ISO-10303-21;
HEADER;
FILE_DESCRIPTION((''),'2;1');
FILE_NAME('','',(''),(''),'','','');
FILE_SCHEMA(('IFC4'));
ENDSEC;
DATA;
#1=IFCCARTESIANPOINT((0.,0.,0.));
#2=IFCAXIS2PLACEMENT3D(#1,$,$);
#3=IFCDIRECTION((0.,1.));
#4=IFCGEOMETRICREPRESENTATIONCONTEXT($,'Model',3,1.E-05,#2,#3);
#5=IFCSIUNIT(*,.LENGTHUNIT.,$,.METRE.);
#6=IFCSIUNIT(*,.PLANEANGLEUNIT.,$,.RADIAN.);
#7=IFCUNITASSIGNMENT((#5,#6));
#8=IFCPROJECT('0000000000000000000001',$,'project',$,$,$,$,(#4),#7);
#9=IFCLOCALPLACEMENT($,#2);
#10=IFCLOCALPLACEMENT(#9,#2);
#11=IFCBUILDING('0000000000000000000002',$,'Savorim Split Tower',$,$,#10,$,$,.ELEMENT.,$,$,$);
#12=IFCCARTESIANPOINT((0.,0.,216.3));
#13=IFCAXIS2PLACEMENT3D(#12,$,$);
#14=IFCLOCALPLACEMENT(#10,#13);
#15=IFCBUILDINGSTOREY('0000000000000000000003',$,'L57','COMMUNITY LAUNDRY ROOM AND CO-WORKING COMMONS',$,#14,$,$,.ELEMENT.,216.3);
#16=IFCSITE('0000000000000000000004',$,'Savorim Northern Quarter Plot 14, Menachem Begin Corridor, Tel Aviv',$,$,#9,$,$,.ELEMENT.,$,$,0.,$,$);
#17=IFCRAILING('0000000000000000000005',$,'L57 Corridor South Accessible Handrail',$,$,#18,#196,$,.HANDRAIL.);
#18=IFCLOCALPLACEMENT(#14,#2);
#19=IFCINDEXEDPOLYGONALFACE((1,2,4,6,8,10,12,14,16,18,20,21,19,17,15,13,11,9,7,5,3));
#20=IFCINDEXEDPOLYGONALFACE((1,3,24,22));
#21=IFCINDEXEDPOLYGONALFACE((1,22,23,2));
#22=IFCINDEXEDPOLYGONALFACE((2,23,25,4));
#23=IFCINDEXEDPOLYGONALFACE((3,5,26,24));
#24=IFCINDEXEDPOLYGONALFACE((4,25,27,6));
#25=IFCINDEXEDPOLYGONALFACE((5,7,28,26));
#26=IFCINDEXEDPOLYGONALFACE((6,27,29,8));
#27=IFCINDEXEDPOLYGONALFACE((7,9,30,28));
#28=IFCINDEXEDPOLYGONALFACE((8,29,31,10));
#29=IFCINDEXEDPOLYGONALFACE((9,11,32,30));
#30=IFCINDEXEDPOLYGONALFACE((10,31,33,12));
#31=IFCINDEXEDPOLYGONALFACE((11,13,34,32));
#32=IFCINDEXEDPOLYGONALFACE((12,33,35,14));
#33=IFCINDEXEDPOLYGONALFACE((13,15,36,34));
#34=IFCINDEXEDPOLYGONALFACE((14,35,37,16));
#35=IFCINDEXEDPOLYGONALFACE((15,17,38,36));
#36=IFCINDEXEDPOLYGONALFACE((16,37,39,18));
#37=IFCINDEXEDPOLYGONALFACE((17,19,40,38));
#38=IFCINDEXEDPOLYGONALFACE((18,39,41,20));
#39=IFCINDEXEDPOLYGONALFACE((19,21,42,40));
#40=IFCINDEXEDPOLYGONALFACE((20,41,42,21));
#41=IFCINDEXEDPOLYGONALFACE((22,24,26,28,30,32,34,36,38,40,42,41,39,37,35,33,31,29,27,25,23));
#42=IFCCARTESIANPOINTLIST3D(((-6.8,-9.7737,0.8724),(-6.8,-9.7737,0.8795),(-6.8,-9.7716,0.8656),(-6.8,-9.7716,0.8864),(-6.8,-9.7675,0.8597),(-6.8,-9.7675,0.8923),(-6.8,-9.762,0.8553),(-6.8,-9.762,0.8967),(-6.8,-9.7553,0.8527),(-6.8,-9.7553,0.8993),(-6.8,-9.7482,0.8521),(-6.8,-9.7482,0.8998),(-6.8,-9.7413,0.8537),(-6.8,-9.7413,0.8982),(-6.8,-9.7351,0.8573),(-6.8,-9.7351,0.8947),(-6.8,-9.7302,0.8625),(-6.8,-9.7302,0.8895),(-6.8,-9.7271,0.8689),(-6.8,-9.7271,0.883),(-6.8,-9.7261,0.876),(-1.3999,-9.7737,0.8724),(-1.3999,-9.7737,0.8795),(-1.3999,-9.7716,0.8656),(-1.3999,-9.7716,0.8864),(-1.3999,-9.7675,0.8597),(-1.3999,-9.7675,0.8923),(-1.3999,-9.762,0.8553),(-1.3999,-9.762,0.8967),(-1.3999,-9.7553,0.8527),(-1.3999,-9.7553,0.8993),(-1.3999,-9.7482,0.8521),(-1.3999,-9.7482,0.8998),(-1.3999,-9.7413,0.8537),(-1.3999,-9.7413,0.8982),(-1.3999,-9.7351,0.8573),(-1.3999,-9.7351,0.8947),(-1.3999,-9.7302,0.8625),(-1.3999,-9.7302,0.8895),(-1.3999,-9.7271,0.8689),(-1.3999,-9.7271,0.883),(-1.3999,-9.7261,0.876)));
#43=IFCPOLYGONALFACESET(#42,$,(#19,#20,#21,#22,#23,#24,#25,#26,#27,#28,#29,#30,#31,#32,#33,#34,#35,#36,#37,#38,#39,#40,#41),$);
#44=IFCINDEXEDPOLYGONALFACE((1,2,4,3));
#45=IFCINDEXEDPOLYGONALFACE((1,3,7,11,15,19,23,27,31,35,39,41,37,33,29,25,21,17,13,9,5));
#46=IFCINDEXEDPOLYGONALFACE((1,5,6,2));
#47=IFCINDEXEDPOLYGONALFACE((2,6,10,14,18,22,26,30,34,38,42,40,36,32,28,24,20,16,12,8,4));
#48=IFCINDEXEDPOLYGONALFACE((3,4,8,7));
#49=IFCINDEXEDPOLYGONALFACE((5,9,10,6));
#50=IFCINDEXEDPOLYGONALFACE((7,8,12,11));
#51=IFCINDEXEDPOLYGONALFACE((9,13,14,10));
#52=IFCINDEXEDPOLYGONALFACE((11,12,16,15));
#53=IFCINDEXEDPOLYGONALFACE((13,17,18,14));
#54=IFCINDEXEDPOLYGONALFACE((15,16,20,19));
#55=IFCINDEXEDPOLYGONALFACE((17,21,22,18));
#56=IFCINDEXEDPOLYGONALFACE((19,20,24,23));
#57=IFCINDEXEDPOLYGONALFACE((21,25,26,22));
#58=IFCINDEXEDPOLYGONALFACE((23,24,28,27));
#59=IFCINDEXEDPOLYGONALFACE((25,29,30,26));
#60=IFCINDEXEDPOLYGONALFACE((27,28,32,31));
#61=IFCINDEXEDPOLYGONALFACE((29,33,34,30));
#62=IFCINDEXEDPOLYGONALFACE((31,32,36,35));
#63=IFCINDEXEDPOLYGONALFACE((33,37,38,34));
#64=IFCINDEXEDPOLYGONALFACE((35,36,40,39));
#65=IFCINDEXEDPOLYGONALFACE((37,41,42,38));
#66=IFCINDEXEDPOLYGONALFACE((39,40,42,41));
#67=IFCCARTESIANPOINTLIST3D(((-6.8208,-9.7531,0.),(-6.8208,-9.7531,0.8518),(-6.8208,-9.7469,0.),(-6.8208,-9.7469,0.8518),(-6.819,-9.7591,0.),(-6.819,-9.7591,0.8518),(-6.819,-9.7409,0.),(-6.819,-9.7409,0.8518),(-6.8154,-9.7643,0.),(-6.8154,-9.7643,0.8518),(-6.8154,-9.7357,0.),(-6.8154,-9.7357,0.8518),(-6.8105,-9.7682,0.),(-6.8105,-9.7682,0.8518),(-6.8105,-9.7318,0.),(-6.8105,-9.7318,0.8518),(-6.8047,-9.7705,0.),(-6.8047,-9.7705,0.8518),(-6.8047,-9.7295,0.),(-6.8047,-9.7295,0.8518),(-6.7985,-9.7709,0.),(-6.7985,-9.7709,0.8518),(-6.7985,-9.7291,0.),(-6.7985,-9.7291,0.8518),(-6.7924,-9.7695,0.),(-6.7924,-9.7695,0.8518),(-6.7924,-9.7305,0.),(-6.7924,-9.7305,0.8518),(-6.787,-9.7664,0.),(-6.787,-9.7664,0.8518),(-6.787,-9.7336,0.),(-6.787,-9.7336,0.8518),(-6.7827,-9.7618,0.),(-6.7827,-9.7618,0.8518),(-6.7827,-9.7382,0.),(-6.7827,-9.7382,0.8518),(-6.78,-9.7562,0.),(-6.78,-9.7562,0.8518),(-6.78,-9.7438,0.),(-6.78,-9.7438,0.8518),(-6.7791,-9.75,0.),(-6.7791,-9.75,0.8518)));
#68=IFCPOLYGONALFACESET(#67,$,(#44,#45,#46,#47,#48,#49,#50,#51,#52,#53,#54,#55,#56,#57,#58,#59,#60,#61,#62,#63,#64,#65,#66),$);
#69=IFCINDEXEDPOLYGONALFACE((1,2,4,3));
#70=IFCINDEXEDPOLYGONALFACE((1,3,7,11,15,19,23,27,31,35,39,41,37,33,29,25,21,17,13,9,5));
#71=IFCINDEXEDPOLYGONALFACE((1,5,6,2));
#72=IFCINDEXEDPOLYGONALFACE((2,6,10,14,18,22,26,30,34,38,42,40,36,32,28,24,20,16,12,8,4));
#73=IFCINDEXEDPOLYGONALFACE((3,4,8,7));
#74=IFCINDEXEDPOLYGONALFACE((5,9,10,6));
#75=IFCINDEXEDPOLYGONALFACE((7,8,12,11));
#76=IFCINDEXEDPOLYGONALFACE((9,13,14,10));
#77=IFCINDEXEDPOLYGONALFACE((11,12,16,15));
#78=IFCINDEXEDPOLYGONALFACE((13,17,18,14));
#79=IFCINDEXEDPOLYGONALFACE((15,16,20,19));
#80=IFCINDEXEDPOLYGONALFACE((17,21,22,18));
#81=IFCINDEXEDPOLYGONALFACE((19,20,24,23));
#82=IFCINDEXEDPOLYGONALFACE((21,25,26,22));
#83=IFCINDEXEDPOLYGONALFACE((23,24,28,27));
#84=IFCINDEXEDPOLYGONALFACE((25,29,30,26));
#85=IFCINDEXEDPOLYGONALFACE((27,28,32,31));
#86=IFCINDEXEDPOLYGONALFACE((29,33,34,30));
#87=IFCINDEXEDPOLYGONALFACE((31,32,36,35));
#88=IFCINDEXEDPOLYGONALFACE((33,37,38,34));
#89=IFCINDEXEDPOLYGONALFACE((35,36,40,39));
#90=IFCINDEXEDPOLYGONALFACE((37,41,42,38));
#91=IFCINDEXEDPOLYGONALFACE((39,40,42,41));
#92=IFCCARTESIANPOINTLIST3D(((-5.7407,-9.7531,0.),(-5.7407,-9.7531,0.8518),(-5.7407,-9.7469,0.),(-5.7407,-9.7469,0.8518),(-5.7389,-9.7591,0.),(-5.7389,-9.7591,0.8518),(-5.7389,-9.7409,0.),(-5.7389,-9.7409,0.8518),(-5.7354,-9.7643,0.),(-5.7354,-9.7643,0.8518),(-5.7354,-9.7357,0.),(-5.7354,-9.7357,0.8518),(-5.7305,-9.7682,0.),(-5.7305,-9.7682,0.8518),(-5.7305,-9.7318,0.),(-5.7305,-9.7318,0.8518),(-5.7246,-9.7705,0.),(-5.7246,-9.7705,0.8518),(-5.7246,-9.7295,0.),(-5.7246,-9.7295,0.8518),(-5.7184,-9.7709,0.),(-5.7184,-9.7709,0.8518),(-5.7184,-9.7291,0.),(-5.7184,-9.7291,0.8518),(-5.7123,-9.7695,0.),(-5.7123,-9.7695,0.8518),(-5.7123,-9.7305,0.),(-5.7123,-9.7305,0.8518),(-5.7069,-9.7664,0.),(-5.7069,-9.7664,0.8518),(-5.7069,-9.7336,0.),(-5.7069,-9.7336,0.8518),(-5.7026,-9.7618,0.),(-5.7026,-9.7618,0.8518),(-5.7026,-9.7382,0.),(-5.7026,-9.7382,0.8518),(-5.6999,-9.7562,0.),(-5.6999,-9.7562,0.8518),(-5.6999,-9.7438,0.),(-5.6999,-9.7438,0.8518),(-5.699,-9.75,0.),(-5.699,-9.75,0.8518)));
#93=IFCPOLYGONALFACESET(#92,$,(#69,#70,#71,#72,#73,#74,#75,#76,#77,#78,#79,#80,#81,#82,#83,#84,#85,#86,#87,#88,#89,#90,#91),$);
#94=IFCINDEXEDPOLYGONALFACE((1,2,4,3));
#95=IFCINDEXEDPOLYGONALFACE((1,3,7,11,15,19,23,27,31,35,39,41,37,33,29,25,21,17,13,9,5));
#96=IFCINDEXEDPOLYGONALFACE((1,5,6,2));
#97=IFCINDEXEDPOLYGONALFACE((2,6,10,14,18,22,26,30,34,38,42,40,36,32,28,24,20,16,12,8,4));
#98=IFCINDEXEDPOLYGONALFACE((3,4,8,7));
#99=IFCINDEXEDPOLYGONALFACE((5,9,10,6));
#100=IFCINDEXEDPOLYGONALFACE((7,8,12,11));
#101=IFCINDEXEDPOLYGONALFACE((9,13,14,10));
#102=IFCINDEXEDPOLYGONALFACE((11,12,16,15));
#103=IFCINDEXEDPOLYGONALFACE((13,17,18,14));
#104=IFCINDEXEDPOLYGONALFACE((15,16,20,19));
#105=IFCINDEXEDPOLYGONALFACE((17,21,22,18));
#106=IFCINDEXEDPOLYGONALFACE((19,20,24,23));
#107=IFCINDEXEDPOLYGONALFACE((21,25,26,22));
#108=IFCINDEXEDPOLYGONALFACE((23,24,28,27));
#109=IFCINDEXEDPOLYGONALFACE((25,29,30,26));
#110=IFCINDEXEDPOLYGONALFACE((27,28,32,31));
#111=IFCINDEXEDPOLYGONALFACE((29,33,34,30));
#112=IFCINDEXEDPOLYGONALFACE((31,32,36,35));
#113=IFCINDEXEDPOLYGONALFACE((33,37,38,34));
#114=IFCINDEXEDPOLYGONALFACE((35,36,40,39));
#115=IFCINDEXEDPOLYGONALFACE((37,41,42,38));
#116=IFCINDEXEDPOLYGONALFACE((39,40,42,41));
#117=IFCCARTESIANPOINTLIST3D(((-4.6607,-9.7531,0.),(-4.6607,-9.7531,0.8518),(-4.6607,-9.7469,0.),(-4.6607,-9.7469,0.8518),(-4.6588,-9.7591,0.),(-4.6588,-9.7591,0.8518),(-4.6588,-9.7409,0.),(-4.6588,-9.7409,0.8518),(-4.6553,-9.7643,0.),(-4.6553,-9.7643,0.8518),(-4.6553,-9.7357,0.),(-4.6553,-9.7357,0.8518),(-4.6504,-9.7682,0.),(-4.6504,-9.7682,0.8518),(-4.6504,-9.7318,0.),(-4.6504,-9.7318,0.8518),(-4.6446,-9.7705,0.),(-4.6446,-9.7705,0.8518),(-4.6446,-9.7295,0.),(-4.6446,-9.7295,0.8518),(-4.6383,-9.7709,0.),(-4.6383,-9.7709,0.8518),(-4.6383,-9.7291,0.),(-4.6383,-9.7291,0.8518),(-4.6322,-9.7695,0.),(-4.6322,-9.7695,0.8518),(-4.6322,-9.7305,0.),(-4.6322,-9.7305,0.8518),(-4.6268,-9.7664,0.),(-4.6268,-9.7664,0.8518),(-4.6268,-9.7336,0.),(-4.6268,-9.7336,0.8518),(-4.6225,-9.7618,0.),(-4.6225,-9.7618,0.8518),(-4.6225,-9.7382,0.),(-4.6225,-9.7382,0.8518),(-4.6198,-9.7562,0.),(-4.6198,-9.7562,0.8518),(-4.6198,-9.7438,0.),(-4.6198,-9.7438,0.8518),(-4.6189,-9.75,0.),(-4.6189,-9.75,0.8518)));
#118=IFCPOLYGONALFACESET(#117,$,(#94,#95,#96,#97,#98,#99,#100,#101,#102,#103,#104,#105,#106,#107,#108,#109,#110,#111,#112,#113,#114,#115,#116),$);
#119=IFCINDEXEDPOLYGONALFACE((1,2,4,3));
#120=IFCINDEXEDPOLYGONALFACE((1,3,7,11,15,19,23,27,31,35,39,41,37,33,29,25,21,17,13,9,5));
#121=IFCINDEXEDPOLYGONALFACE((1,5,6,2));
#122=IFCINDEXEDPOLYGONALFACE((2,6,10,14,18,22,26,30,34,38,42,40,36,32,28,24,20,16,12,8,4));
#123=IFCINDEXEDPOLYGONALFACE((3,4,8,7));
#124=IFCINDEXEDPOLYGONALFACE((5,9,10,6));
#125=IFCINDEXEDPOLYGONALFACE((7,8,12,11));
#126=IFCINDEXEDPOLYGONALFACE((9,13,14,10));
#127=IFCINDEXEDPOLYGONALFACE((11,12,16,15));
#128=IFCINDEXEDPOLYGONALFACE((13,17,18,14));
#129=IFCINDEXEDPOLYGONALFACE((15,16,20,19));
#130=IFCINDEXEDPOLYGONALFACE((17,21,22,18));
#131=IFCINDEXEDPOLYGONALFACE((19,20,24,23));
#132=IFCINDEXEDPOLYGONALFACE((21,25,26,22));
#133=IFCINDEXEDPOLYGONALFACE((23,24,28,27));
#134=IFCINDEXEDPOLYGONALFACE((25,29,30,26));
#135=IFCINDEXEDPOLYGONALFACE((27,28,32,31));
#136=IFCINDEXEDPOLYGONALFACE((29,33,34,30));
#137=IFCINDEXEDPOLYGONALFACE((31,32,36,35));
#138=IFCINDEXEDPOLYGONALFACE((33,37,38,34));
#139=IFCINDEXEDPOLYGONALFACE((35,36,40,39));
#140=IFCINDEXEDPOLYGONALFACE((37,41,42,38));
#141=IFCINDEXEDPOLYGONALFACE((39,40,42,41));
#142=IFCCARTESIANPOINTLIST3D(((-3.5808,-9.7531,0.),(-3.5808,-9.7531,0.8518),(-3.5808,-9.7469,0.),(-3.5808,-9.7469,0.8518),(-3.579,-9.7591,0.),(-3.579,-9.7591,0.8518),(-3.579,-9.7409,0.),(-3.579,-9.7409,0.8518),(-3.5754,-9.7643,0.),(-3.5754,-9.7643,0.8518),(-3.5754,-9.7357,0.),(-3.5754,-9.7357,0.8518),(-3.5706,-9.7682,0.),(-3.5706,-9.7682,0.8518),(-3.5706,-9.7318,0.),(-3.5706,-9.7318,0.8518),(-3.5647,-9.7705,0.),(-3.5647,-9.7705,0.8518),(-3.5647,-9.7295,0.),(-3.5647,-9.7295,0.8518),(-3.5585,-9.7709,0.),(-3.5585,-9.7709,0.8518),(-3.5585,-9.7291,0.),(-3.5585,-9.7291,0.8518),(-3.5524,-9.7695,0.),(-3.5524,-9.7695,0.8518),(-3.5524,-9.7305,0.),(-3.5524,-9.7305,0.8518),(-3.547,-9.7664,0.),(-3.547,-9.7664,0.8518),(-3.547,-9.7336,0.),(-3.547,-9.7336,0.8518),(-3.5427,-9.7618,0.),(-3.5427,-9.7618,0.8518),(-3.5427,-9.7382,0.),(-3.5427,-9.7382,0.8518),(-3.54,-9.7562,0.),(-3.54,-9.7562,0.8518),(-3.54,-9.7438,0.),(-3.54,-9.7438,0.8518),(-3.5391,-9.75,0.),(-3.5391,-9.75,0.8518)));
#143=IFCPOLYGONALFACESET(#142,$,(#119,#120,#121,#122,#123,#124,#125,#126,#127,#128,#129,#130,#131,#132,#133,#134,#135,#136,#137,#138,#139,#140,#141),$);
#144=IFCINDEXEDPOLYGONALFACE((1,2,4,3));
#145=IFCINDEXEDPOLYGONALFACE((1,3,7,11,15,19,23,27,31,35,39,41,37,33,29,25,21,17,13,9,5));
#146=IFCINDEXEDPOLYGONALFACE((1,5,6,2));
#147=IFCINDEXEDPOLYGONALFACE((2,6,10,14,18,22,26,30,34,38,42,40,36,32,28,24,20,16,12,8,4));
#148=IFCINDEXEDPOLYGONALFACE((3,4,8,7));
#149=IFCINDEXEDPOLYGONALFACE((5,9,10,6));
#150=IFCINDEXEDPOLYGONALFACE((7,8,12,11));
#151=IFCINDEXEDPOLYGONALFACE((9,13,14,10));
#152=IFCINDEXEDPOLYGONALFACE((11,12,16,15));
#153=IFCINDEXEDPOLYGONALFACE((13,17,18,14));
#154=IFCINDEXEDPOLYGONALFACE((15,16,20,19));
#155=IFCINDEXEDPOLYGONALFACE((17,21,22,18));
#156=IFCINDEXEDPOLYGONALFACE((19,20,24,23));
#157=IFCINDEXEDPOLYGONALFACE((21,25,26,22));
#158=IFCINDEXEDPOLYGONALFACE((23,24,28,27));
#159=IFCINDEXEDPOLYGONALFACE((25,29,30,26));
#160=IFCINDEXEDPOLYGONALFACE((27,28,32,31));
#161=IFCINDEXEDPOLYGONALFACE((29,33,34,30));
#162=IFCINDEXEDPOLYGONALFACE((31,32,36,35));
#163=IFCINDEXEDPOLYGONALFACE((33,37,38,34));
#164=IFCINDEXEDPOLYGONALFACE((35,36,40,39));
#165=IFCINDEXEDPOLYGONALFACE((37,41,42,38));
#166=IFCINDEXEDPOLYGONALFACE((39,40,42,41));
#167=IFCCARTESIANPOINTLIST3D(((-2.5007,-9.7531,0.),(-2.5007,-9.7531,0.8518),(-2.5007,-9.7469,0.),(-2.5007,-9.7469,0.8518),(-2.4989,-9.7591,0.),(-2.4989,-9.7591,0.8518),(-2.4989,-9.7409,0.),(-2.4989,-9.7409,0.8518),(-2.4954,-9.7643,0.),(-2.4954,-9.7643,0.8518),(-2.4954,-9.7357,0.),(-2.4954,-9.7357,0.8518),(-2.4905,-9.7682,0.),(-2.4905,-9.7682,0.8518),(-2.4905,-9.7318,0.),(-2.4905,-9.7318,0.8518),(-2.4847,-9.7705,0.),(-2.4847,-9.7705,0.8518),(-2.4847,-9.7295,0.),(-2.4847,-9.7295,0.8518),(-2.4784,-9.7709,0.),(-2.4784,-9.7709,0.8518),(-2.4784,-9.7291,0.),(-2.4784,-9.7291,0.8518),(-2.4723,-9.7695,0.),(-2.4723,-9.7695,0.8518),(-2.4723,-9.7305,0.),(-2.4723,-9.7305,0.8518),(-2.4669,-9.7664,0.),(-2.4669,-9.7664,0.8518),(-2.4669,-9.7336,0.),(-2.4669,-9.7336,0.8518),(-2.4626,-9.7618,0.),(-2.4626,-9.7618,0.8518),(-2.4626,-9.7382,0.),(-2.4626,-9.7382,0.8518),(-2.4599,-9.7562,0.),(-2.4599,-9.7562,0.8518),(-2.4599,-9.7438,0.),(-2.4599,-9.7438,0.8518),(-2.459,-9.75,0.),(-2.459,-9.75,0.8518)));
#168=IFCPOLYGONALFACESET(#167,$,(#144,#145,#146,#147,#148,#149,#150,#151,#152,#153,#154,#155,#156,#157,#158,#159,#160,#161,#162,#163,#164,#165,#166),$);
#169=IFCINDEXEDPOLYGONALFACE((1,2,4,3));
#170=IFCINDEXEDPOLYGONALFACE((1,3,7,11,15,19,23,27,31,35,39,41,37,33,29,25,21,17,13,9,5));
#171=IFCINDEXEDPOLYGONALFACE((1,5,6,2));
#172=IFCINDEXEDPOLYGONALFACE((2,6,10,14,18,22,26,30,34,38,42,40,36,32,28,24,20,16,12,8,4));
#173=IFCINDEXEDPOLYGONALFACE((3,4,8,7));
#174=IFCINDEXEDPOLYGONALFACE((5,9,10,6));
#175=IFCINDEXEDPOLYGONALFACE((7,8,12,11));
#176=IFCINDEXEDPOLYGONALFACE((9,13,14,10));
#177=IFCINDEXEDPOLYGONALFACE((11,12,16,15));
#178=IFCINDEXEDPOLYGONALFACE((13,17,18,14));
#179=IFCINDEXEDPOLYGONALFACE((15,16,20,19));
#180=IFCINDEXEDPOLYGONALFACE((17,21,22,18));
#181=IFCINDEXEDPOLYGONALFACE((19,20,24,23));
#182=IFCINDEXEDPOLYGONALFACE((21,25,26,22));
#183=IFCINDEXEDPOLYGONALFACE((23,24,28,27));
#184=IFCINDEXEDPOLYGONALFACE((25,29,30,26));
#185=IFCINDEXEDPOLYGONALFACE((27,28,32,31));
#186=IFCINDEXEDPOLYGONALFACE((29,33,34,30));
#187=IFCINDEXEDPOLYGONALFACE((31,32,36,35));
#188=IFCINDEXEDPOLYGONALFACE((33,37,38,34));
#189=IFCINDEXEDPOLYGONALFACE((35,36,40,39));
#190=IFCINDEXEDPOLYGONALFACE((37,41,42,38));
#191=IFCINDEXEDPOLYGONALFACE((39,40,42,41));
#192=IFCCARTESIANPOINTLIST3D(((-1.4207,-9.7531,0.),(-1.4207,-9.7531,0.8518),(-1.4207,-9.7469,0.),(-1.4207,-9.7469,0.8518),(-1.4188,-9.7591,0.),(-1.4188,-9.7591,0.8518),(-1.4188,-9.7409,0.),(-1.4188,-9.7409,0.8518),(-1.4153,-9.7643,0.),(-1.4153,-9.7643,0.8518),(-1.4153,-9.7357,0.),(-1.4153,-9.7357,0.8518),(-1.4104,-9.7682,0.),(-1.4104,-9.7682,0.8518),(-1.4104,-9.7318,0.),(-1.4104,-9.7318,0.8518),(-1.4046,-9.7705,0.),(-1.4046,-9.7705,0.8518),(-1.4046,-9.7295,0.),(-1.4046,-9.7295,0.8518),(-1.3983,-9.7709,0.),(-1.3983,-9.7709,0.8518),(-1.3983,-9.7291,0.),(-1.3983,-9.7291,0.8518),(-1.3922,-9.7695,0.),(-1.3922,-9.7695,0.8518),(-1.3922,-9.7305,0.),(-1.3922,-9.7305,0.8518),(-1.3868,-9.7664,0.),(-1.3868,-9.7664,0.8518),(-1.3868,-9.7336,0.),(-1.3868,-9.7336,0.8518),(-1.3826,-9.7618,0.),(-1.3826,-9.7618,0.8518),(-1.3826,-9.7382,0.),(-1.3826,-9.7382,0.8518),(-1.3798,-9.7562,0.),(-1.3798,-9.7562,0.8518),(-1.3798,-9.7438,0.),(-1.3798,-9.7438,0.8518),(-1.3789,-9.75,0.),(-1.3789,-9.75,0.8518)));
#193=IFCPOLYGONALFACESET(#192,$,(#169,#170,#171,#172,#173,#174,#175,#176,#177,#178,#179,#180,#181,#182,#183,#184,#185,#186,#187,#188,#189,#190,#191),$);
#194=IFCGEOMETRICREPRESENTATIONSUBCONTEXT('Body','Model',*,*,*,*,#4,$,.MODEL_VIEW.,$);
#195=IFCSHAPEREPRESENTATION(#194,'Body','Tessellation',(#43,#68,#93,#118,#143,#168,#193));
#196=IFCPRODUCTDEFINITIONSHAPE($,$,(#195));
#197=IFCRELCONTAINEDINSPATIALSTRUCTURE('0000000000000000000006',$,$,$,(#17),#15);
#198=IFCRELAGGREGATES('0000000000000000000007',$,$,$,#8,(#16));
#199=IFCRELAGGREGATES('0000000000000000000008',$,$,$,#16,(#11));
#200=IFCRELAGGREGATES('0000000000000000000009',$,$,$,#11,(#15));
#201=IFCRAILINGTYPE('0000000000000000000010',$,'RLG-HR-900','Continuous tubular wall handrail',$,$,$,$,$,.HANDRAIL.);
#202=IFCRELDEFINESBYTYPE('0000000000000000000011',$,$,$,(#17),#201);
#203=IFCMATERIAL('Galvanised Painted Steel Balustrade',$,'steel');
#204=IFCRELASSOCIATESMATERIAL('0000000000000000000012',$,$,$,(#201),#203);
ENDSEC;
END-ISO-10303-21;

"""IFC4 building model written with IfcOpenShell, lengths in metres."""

from ifc_helpers import new_model, si_unit, direction, frame, origin, origin_2d, place, context, subcontext, project, spatial, circle, extrude, material, type_object, element, save


model = new_model("IFC4")

# Units and contexts
model_context = context("Model", 3, precision=1e-05, world=origin(), true_north=direction((0.0, 1.0)))
body_context = subcontext(model_context, "Body", "Model", "MODEL_VIEW")
ifc_project = project(units=[si_unit("LENGTHUNIT", "METRE"), si_unit("PLANEANGLEUNIT", "RADIAN")], contexts=[model_context])

# Site, building, storey
site_placement = place(None, origin())
site = spatial("IfcSite", under=ifc_project, at=site_placement, Name="Savorim Northern Quarter Plot 14, Menachem Begin Corridor, Tel Aviv", CompositionType="ELEMENT", RefElevation=0.0)
building_placement = place(site_placement, origin())
building = spatial("IfcBuilding", under=site, at=building_placement, Name="Savorim Split Tower", CompositionType="ELEMENT")
storey_placement = place(building_placement, frame((0.0, 0.0, 216.3)))
storey = spatial("IfcBuildingStorey", under=building, at=storey_placement, Name="L57", Description="COMMUNITY LAUNDRY ROOM AND CO-WORKING COMMONS", CompositionType="ELEMENT", Elevation=216.3)

# Railing
ifc_material_1 = material(Name="Galvanised Painted Steel Balustrade", Category="steel")
railing_type_1 = type_object("IfcRailingType", Name="RLG-HR-900", Description="Continuous tubular wall handrail", PredefinedType="HANDRAIL", material=ifc_material_1)
railing_1_placement = place(storey_placement, frame((-6.8, -9.75, 0.0)))
element("IfcRailing", 1, at=railing_1_placement, inside=storey, type_object=railing_type_1, Name="L57 Corridor South Accessible Handrail", PredefinedType="HANDRAIL", context=body_context, shape_type="SweptSolid", body=[
    extrude(circle(Radius=0.0239, at=origin_2d()), frame((0.0, 0.0, 0.876), z_axis=(1.0, 0.0, 0.0), x_axis=(0.0, 1.0, 0.0)), (0.0, 0.0, 1.0), 5.4001),
    extrude(circle(Radius=0.021, at=origin_2d()), origin(), (0.0, 0.0, 1.0), 0.8518),
    extrude(circle(Radius=0.021, at=origin_2d()), frame((1.0801, 0.0, 0.0)), (0.0, 0.0, 1.0), 0.8518),
    extrude(circle(Radius=0.021, at=origin_2d()), frame((2.1602, 0.0, 0.0)), (0.0, 0.0, 1.0), 0.8518),
    extrude(circle(Radius=0.021, at=origin_2d()), frame((3.24, 0.0, 0.0)), (0.0, 0.0, 1.0), 0.8518),
    extrude(circle(Radius=0.021, at=origin_2d()), frame((4.3201, 0.0, 0.0)), (0.0, 0.0, 1.0), 0.8518),
    extrude(circle(Radius=0.021, at=origin_2d()), frame((5.4001, 0.0, 0.0)), (0.0, 0.0, 1.0), 0.8518),
])

save(model, "model.ifc")
